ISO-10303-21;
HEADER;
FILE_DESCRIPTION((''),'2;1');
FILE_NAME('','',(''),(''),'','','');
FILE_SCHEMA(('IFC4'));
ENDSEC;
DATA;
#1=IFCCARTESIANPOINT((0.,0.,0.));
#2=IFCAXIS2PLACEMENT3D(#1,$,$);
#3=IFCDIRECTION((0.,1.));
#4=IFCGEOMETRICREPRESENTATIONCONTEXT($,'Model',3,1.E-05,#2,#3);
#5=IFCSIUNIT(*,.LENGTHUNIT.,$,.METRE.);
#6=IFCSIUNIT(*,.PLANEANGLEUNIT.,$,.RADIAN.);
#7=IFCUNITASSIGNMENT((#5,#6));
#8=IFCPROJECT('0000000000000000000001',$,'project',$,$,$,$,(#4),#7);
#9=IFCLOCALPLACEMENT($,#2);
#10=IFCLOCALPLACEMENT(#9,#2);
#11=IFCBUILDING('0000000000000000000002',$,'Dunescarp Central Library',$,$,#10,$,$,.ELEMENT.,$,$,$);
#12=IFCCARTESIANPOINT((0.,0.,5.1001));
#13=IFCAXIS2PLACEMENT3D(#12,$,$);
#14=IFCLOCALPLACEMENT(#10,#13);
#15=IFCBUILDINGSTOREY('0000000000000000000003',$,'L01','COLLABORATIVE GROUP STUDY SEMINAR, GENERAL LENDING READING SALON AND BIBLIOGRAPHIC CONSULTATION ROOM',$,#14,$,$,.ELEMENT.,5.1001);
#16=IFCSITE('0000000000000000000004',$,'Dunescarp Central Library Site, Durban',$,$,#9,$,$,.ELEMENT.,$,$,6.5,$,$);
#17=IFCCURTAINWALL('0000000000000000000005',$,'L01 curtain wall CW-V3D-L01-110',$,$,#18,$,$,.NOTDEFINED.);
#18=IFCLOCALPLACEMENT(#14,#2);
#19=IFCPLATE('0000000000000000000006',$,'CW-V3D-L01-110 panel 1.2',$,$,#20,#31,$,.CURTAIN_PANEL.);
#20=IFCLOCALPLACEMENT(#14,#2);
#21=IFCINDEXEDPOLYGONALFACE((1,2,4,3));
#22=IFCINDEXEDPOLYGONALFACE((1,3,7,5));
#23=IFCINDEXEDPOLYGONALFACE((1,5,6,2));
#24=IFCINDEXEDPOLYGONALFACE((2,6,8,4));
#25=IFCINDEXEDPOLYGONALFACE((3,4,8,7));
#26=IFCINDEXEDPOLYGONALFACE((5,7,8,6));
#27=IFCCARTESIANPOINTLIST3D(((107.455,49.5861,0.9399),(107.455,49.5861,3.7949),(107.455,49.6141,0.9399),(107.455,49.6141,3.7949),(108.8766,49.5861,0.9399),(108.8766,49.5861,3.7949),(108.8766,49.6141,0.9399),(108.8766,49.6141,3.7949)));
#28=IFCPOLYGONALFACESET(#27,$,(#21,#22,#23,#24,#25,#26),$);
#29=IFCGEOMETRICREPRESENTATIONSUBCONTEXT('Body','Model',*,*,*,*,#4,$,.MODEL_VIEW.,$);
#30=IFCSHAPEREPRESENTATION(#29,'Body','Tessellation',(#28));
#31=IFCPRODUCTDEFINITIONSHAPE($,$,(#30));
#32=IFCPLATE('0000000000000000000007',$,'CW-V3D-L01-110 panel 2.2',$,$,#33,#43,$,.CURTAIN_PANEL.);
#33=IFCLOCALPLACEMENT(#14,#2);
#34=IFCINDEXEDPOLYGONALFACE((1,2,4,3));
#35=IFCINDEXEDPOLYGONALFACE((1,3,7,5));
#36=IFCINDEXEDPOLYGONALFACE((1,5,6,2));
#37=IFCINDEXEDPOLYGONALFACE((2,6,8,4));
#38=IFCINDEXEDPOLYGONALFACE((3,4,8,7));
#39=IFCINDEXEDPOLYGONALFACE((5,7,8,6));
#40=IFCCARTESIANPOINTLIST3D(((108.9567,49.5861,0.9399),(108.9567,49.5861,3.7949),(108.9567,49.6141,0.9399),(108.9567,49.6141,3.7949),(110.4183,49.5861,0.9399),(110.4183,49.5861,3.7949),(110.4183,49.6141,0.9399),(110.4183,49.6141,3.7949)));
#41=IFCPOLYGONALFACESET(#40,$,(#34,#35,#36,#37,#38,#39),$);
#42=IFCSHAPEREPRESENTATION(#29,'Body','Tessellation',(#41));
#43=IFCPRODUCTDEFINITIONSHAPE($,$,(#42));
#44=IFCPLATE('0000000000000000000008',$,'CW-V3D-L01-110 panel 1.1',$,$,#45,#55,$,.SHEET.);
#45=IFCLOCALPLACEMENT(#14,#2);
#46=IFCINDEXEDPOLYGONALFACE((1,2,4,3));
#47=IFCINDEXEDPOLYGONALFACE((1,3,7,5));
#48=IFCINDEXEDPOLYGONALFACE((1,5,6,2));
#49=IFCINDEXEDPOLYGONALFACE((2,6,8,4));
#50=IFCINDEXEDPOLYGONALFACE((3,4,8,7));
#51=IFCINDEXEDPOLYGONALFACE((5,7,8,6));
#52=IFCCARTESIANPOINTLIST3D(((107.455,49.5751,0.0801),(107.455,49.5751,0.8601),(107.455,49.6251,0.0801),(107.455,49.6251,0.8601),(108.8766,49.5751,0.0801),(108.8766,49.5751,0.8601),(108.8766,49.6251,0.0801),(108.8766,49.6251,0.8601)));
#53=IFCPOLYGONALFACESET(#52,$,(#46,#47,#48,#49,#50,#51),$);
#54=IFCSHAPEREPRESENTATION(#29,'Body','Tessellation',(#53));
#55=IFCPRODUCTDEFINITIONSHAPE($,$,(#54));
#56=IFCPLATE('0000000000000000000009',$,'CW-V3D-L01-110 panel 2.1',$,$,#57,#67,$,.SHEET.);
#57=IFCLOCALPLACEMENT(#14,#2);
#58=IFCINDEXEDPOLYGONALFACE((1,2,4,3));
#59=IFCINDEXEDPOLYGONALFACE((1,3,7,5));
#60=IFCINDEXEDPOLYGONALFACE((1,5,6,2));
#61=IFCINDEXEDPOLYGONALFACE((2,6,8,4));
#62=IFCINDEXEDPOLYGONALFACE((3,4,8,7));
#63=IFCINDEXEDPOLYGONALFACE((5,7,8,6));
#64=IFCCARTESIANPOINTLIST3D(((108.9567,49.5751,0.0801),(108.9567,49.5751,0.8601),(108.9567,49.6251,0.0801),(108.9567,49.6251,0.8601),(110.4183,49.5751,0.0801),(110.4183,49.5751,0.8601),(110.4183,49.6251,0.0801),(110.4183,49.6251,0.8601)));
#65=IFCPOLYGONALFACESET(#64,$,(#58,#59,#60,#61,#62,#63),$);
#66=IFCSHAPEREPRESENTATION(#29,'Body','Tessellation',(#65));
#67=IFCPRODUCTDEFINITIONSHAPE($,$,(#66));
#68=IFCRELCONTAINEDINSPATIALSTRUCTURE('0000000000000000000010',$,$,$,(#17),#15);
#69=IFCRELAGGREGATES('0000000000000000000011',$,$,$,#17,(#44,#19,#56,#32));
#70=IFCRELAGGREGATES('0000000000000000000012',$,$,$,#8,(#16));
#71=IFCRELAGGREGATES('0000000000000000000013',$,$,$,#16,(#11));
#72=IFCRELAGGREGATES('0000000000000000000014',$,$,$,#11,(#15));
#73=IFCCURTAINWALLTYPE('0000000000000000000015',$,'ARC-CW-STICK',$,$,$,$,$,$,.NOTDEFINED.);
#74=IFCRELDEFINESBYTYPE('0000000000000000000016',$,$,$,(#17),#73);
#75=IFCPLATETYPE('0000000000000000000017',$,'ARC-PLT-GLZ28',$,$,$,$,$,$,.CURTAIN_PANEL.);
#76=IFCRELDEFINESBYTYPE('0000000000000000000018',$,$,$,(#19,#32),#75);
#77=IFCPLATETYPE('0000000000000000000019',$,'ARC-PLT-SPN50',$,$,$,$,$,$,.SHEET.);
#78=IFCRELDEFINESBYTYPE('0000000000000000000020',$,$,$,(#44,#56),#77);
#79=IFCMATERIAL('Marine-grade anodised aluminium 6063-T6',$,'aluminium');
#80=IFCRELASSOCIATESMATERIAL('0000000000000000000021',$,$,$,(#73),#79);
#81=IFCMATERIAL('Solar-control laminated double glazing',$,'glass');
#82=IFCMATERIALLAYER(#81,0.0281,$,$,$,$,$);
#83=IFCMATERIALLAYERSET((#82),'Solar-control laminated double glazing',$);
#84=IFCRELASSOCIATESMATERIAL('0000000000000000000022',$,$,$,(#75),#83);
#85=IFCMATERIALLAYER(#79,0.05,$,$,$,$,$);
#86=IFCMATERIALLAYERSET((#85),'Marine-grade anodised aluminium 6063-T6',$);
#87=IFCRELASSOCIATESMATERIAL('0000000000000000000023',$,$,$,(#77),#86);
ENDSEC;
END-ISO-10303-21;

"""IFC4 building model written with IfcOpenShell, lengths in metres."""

from ifc_helpers import new_model, si_unit, direction, frame, origin, origin_2d, place, context, subcontext, project, spatial, rectangle, extrude, material, layer, layer_set, type_object, element, aggregate, save


model = new_model("IFC4")

# Units and contexts
model_context = context("Model", 3, precision=1e-05, world=origin(), true_north=direction((0.0, 1.0)))
body_context = subcontext(model_context, "Body", "Model", "MODEL_VIEW")
ifc_project = project(units=[si_unit("LENGTHUNIT", "METRE"), si_unit("PLANEANGLEUNIT", "RADIAN")], contexts=[model_context])

# Site, building, storey
site_placement = place(None, origin())
site = spatial("IfcSite", under=ifc_project, at=site_placement, Name="Dunescarp Central Library Site, Durban", CompositionType="ELEMENT", RefElevation=6.5)
building_placement = place(site_placement, origin())
building = spatial("IfcBuilding", under=site, at=building_placement, Name="Dunescarp Central Library", CompositionType="ELEMENT")
storey_placement = place(building_placement, frame((0.0, 0.0, 5.1001)))
storey = spatial("IfcBuildingStorey", under=building, at=storey_placement, Name="L01", Description="COLLABORATIVE GROUP STUDY SEMINAR, GENERAL LENDING READING SALON AND BIBLIOGRAPHIC CONSULTATION ROOM", CompositionType="ELEMENT", Elevation=5.1001)

# Curtain wall
ifc_material_1 = material(Name="Marine-grade anodised aluminium 6063-T6", Category="aluminium")
curtain_wall_type = type_object("IfcCurtainWallType", Name="ARC-CW-STICK", PredefinedType="NOTDEFINED", material=ifc_material_1)
curtain_wall_placement = place(storey_placement, origin())
curtain_wall = element("IfcCurtainWall", 1, at=curtain_wall_placement, inside=storey, type_object=curtain_wall_type, Name="L01 curtain wall CW-V3D-L01-110", PredefinedType="NOTDEFINED")

# Plates
ifc_material_2 = material(Name="Solar-control laminated double glazing", Category="glass")
ifc_layer_1 = layer(ifc_material_2, 0.0281)
ifc_layer_set_1 = layer_set([ifc_layer_1], Name="Solar-control laminated double glazing")
plate_type_1 = type_object("IfcPlateType", Name="ARC-PLT-GLZ28", PredefinedType="CURTAIN_PANEL", material=ifc_layer_set_1)
plate_1_placement = place(storey_placement, frame((108.1658, 49.6001, 0.9399), z_axis=(0.0, 0.0, 1.0), x_axis=(1.0, 0.0, 0.0)))
plate_1 = element("IfcPlate", 2, at=plate_1_placement, type_object=plate_type_1, Name="CW-V3D-L01-110 panel 1.2", PredefinedType="CURTAIN_PANEL", context=body_context, shape_type="SweptSolid", body=[
    extrude(rectangle(XDim=1.4216, YDim=0.0281, at=origin_2d()), origin(), (0.0, 0.0, 1.0), 2.855),
])
plate_2_placement = place(storey_placement, frame((109.6875, 49.6001, 0.9399), z_axis=(0.0, 0.0, 1.0), x_axis=(1.0, 0.0, 0.0)))
plate_2 = element("IfcPlate", 3, at=plate_2_placement, type_object=plate_type_1, Name="CW-V3D-L01-110 panel 2.2", PredefinedType="CURTAIN_PANEL", context=body_context, shape_type="SweptSolid", body=[
    extrude(rectangle(XDim=1.4617, YDim=0.0281, at=origin_2d()), origin(), (0.0, 0.0, 1.0), 2.855),
])
ifc_layer_2 = layer(ifc_material_1, 0.05)
ifc_layer_set_2 = layer_set([ifc_layer_2], Name="Marine-grade anodised aluminium 6063-T6")
plate_type_2 = type_object("IfcPlateType", Name="ARC-PLT-SPN50", PredefinedType="SHEET", material=ifc_layer_set_2)
plate_3_placement = place(storey_placement, frame((108.1658, 49.6001, 0.0801), z_axis=(0.0, 0.0, 1.0), x_axis=(1.0, 0.0, 0.0)))
plate_3 = element("IfcPlate", 4, at=plate_3_placement, type_object=plate_type_2, Name="CW-V3D-L01-110 panel 1.1", PredefinedType="SHEET", context=body_context, shape_type="SweptSolid", body=[
    extrude(rectangle(XDim=1.4216, YDim=0.05, at=origin_2d()), origin(), (0.0, 0.0, 1.0), 0.78),
])
plate_4_placement = place(storey_placement, frame((109.6875, 49.6001, 0.0801), z_axis=(0.0, 0.0, 1.0), x_axis=(1.0, 0.0, 0.0)))
plate_4 = element("IfcPlate", 5, at=plate_4_placement, type_object=plate_type_2, Name="CW-V3D-L01-110 panel 2.1", PredefinedType="SHEET", context=body_context, shape_type="SweptSolid", body=[
    extrude(rectangle(XDim=1.4617, YDim=0.05, at=origin_2d()), origin(), (0.0, 0.0, 1.0), 0.78),
])
aggregate(curtain_wall, [plate_3, plate_1, plate_4, plate_2])

save(model, "model.ifc")
